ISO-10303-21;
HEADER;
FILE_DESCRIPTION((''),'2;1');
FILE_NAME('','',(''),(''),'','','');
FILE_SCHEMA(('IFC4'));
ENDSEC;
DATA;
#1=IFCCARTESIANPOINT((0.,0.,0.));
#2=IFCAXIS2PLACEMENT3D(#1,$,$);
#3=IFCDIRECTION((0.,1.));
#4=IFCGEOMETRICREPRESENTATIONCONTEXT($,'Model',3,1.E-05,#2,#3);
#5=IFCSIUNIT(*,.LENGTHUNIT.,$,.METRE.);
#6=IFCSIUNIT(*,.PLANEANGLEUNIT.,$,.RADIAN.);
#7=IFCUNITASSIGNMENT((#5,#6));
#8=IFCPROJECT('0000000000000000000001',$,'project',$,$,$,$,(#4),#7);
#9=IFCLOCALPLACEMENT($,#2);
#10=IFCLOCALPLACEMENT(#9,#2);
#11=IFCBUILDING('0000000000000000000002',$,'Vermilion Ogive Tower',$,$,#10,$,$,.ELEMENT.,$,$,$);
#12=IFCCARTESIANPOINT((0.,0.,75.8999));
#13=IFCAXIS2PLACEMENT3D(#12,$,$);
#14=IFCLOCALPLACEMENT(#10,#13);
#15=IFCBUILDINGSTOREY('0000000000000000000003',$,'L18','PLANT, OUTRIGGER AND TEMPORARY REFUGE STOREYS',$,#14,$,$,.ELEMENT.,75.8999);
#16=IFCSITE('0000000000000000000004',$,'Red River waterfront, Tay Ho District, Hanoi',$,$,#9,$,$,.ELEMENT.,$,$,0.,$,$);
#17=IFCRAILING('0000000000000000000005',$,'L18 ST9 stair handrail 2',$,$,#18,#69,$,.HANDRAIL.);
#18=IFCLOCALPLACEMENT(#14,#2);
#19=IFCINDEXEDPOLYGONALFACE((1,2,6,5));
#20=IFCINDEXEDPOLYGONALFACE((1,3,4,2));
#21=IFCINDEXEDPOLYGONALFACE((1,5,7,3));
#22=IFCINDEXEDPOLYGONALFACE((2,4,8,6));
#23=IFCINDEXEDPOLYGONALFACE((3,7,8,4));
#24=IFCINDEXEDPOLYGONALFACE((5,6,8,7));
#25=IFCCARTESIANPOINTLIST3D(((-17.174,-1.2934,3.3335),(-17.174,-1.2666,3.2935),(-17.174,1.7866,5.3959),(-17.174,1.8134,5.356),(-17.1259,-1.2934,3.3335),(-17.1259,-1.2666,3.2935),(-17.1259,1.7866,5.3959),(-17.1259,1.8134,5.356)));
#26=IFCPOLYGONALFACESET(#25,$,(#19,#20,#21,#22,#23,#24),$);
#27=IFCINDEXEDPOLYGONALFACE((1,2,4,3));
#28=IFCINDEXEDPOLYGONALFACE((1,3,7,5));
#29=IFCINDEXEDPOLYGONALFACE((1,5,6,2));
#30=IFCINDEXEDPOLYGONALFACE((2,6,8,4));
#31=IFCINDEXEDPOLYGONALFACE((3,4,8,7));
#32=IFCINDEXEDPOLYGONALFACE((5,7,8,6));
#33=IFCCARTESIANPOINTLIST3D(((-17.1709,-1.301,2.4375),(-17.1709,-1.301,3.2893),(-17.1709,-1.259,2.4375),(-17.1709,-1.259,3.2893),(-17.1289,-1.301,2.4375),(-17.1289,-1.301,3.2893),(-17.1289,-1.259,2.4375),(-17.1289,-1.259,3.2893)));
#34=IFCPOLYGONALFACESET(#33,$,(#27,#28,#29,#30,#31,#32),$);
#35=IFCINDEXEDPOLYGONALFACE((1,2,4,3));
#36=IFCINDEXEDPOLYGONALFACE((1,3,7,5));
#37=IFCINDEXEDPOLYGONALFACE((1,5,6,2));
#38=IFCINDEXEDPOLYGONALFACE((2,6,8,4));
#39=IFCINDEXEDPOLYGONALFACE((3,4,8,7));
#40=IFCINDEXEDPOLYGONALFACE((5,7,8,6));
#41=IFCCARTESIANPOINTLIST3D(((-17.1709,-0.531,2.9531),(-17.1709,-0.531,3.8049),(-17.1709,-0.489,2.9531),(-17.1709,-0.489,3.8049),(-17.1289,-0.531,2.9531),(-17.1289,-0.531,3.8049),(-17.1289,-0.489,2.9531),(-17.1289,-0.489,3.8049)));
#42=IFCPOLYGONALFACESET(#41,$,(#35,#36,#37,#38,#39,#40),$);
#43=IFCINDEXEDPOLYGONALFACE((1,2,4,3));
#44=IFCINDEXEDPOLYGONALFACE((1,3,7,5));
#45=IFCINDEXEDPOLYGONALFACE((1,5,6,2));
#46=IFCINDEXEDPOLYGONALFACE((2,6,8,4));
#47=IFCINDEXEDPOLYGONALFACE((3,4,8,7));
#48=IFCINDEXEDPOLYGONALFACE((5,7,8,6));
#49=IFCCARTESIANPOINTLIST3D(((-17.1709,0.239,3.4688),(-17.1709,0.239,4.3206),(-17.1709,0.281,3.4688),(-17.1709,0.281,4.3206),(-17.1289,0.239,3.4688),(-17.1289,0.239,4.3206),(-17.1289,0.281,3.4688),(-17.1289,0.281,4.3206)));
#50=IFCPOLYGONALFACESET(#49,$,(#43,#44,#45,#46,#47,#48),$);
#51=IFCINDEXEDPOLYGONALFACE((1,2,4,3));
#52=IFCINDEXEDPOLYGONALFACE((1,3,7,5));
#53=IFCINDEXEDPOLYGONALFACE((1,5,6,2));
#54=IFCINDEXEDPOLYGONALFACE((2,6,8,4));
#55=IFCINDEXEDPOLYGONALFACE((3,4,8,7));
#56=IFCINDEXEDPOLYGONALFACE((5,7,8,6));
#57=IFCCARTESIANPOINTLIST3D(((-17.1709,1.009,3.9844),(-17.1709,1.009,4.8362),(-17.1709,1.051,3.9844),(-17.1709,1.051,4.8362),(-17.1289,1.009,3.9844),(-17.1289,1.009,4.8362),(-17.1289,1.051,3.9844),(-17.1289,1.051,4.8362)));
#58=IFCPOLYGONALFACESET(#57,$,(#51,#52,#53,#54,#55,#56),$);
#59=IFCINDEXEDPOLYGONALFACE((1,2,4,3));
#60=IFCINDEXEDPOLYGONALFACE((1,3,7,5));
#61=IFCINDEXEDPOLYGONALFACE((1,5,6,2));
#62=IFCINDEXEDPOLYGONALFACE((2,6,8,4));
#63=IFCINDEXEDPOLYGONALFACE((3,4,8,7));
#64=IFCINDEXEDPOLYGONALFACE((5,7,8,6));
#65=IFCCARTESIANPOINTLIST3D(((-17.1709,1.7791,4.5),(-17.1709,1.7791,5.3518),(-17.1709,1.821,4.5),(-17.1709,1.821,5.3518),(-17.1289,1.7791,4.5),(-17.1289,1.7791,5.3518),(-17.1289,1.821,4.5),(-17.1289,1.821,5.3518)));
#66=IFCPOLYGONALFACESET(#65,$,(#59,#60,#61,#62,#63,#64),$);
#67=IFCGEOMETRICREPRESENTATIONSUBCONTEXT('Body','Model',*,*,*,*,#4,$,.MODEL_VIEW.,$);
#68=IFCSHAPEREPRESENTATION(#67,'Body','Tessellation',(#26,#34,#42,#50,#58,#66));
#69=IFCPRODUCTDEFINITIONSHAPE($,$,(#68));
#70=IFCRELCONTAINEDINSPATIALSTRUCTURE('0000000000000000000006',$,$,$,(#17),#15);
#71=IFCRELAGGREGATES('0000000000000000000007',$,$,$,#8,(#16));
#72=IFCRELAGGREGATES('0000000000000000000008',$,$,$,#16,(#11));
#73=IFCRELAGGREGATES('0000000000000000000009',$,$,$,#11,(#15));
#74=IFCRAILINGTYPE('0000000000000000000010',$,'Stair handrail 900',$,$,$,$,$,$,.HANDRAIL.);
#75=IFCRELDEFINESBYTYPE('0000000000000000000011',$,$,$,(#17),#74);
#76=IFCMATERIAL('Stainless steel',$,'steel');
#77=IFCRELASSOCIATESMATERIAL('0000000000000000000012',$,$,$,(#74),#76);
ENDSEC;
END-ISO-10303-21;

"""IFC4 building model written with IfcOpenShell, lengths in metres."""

from ifc_helpers import new_model, si_unit, direction, frame, origin, origin_2d, place, context, subcontext, project, spatial, rectangle, extrude, material, type_object, element, save


model = new_model("IFC4")

# Units and contexts
model_context = context("Model", 3, precision=1e-05, world=origin(), true_north=direction((0.0, 1.0)))
body_context = subcontext(model_context, "Body", "Model", "MODEL_VIEW")
ifc_project = project(units=[si_unit("LENGTHUNIT", "METRE"), si_unit("PLANEANGLEUNIT", "RADIAN")], contexts=[model_context])

# Site, building, storey
site_placement = place(None, origin())
site = spatial("IfcSite", under=ifc_project, at=site_placement, Name="Red River waterfront, Tay Ho District, Hanoi", CompositionType="ELEMENT", RefElevation=0.0)
building_placement = place(site_placement, origin())
building = spatial("IfcBuilding", under=site, at=building_placement, Name="Vermilion Ogive Tower", CompositionType="ELEMENT")
storey_placement = place(building_placement, frame((0.0, 0.0, 75.8999)))
storey = spatial("IfcBuildingStorey", under=building, at=storey_placement, Name="L18", Description="PLANT, OUTRIGGER AND TEMPORARY REFUGE STOREYS", CompositionType="ELEMENT", Elevation=75.8999)

# Railing
ifc_material_1 = material(Name="Stainless steel", Category="steel")
railing_type = type_object("IfcRailingType", Name="Stair handrail 900", PredefinedType="HANDRAIL", material=ifc_material_1)
railing_placement = place(storey_placement, frame((-17.1499, -1.28, 2.4375)))
element("IfcRailing", 1, at=railing_placement, inside=storey, type_object=railing_type, Name="L18 ST9 stair handrail 2", PredefinedType="HANDRAIL", context=body_context, shape_type="SweptSolid", body=[
    extrude(rectangle(XDim=0.0481, YDim=0.0481, at=origin_2d()), frame((0.0, 0.0, 0.876), z_axis=(0.0, 0.830914, 0.556401), x_axis=(-1.0, 0.0, 0.0)), (0.0, 0.0, 1.0), 3.7068),
    extrude(rectangle(XDim=0.042, YDim=0.042, at=origin_2d()), origin(), (0.0, 0.0, 1.0), 0.8518),
    extrude(rectangle(XDim=0.042, YDim=0.042, at=origin_2d()), frame((0.0, 0.77, 0.5156)), (0.0, 0.0, 1.0), 0.8518),
    extrude(rectangle(XDim=0.042, YDim=0.042, at=origin_2d()), frame((0.0, 1.54, 1.0312)), (0.0, 0.0, 1.0), 0.8518),
    extrude(rectangle(XDim=0.042, YDim=0.042, at=origin_2d()), frame((0.0, 2.3101, 1.5469)), (0.0, 0.0, 1.0), 0.8518),
    extrude(rectangle(XDim=0.042, YDim=0.042, at=origin_2d()), frame((0.0, 3.0801, 2.0625)), (0.0, 0.0, 1.0), 0.8518),
])

save(model, "model.ifc")
